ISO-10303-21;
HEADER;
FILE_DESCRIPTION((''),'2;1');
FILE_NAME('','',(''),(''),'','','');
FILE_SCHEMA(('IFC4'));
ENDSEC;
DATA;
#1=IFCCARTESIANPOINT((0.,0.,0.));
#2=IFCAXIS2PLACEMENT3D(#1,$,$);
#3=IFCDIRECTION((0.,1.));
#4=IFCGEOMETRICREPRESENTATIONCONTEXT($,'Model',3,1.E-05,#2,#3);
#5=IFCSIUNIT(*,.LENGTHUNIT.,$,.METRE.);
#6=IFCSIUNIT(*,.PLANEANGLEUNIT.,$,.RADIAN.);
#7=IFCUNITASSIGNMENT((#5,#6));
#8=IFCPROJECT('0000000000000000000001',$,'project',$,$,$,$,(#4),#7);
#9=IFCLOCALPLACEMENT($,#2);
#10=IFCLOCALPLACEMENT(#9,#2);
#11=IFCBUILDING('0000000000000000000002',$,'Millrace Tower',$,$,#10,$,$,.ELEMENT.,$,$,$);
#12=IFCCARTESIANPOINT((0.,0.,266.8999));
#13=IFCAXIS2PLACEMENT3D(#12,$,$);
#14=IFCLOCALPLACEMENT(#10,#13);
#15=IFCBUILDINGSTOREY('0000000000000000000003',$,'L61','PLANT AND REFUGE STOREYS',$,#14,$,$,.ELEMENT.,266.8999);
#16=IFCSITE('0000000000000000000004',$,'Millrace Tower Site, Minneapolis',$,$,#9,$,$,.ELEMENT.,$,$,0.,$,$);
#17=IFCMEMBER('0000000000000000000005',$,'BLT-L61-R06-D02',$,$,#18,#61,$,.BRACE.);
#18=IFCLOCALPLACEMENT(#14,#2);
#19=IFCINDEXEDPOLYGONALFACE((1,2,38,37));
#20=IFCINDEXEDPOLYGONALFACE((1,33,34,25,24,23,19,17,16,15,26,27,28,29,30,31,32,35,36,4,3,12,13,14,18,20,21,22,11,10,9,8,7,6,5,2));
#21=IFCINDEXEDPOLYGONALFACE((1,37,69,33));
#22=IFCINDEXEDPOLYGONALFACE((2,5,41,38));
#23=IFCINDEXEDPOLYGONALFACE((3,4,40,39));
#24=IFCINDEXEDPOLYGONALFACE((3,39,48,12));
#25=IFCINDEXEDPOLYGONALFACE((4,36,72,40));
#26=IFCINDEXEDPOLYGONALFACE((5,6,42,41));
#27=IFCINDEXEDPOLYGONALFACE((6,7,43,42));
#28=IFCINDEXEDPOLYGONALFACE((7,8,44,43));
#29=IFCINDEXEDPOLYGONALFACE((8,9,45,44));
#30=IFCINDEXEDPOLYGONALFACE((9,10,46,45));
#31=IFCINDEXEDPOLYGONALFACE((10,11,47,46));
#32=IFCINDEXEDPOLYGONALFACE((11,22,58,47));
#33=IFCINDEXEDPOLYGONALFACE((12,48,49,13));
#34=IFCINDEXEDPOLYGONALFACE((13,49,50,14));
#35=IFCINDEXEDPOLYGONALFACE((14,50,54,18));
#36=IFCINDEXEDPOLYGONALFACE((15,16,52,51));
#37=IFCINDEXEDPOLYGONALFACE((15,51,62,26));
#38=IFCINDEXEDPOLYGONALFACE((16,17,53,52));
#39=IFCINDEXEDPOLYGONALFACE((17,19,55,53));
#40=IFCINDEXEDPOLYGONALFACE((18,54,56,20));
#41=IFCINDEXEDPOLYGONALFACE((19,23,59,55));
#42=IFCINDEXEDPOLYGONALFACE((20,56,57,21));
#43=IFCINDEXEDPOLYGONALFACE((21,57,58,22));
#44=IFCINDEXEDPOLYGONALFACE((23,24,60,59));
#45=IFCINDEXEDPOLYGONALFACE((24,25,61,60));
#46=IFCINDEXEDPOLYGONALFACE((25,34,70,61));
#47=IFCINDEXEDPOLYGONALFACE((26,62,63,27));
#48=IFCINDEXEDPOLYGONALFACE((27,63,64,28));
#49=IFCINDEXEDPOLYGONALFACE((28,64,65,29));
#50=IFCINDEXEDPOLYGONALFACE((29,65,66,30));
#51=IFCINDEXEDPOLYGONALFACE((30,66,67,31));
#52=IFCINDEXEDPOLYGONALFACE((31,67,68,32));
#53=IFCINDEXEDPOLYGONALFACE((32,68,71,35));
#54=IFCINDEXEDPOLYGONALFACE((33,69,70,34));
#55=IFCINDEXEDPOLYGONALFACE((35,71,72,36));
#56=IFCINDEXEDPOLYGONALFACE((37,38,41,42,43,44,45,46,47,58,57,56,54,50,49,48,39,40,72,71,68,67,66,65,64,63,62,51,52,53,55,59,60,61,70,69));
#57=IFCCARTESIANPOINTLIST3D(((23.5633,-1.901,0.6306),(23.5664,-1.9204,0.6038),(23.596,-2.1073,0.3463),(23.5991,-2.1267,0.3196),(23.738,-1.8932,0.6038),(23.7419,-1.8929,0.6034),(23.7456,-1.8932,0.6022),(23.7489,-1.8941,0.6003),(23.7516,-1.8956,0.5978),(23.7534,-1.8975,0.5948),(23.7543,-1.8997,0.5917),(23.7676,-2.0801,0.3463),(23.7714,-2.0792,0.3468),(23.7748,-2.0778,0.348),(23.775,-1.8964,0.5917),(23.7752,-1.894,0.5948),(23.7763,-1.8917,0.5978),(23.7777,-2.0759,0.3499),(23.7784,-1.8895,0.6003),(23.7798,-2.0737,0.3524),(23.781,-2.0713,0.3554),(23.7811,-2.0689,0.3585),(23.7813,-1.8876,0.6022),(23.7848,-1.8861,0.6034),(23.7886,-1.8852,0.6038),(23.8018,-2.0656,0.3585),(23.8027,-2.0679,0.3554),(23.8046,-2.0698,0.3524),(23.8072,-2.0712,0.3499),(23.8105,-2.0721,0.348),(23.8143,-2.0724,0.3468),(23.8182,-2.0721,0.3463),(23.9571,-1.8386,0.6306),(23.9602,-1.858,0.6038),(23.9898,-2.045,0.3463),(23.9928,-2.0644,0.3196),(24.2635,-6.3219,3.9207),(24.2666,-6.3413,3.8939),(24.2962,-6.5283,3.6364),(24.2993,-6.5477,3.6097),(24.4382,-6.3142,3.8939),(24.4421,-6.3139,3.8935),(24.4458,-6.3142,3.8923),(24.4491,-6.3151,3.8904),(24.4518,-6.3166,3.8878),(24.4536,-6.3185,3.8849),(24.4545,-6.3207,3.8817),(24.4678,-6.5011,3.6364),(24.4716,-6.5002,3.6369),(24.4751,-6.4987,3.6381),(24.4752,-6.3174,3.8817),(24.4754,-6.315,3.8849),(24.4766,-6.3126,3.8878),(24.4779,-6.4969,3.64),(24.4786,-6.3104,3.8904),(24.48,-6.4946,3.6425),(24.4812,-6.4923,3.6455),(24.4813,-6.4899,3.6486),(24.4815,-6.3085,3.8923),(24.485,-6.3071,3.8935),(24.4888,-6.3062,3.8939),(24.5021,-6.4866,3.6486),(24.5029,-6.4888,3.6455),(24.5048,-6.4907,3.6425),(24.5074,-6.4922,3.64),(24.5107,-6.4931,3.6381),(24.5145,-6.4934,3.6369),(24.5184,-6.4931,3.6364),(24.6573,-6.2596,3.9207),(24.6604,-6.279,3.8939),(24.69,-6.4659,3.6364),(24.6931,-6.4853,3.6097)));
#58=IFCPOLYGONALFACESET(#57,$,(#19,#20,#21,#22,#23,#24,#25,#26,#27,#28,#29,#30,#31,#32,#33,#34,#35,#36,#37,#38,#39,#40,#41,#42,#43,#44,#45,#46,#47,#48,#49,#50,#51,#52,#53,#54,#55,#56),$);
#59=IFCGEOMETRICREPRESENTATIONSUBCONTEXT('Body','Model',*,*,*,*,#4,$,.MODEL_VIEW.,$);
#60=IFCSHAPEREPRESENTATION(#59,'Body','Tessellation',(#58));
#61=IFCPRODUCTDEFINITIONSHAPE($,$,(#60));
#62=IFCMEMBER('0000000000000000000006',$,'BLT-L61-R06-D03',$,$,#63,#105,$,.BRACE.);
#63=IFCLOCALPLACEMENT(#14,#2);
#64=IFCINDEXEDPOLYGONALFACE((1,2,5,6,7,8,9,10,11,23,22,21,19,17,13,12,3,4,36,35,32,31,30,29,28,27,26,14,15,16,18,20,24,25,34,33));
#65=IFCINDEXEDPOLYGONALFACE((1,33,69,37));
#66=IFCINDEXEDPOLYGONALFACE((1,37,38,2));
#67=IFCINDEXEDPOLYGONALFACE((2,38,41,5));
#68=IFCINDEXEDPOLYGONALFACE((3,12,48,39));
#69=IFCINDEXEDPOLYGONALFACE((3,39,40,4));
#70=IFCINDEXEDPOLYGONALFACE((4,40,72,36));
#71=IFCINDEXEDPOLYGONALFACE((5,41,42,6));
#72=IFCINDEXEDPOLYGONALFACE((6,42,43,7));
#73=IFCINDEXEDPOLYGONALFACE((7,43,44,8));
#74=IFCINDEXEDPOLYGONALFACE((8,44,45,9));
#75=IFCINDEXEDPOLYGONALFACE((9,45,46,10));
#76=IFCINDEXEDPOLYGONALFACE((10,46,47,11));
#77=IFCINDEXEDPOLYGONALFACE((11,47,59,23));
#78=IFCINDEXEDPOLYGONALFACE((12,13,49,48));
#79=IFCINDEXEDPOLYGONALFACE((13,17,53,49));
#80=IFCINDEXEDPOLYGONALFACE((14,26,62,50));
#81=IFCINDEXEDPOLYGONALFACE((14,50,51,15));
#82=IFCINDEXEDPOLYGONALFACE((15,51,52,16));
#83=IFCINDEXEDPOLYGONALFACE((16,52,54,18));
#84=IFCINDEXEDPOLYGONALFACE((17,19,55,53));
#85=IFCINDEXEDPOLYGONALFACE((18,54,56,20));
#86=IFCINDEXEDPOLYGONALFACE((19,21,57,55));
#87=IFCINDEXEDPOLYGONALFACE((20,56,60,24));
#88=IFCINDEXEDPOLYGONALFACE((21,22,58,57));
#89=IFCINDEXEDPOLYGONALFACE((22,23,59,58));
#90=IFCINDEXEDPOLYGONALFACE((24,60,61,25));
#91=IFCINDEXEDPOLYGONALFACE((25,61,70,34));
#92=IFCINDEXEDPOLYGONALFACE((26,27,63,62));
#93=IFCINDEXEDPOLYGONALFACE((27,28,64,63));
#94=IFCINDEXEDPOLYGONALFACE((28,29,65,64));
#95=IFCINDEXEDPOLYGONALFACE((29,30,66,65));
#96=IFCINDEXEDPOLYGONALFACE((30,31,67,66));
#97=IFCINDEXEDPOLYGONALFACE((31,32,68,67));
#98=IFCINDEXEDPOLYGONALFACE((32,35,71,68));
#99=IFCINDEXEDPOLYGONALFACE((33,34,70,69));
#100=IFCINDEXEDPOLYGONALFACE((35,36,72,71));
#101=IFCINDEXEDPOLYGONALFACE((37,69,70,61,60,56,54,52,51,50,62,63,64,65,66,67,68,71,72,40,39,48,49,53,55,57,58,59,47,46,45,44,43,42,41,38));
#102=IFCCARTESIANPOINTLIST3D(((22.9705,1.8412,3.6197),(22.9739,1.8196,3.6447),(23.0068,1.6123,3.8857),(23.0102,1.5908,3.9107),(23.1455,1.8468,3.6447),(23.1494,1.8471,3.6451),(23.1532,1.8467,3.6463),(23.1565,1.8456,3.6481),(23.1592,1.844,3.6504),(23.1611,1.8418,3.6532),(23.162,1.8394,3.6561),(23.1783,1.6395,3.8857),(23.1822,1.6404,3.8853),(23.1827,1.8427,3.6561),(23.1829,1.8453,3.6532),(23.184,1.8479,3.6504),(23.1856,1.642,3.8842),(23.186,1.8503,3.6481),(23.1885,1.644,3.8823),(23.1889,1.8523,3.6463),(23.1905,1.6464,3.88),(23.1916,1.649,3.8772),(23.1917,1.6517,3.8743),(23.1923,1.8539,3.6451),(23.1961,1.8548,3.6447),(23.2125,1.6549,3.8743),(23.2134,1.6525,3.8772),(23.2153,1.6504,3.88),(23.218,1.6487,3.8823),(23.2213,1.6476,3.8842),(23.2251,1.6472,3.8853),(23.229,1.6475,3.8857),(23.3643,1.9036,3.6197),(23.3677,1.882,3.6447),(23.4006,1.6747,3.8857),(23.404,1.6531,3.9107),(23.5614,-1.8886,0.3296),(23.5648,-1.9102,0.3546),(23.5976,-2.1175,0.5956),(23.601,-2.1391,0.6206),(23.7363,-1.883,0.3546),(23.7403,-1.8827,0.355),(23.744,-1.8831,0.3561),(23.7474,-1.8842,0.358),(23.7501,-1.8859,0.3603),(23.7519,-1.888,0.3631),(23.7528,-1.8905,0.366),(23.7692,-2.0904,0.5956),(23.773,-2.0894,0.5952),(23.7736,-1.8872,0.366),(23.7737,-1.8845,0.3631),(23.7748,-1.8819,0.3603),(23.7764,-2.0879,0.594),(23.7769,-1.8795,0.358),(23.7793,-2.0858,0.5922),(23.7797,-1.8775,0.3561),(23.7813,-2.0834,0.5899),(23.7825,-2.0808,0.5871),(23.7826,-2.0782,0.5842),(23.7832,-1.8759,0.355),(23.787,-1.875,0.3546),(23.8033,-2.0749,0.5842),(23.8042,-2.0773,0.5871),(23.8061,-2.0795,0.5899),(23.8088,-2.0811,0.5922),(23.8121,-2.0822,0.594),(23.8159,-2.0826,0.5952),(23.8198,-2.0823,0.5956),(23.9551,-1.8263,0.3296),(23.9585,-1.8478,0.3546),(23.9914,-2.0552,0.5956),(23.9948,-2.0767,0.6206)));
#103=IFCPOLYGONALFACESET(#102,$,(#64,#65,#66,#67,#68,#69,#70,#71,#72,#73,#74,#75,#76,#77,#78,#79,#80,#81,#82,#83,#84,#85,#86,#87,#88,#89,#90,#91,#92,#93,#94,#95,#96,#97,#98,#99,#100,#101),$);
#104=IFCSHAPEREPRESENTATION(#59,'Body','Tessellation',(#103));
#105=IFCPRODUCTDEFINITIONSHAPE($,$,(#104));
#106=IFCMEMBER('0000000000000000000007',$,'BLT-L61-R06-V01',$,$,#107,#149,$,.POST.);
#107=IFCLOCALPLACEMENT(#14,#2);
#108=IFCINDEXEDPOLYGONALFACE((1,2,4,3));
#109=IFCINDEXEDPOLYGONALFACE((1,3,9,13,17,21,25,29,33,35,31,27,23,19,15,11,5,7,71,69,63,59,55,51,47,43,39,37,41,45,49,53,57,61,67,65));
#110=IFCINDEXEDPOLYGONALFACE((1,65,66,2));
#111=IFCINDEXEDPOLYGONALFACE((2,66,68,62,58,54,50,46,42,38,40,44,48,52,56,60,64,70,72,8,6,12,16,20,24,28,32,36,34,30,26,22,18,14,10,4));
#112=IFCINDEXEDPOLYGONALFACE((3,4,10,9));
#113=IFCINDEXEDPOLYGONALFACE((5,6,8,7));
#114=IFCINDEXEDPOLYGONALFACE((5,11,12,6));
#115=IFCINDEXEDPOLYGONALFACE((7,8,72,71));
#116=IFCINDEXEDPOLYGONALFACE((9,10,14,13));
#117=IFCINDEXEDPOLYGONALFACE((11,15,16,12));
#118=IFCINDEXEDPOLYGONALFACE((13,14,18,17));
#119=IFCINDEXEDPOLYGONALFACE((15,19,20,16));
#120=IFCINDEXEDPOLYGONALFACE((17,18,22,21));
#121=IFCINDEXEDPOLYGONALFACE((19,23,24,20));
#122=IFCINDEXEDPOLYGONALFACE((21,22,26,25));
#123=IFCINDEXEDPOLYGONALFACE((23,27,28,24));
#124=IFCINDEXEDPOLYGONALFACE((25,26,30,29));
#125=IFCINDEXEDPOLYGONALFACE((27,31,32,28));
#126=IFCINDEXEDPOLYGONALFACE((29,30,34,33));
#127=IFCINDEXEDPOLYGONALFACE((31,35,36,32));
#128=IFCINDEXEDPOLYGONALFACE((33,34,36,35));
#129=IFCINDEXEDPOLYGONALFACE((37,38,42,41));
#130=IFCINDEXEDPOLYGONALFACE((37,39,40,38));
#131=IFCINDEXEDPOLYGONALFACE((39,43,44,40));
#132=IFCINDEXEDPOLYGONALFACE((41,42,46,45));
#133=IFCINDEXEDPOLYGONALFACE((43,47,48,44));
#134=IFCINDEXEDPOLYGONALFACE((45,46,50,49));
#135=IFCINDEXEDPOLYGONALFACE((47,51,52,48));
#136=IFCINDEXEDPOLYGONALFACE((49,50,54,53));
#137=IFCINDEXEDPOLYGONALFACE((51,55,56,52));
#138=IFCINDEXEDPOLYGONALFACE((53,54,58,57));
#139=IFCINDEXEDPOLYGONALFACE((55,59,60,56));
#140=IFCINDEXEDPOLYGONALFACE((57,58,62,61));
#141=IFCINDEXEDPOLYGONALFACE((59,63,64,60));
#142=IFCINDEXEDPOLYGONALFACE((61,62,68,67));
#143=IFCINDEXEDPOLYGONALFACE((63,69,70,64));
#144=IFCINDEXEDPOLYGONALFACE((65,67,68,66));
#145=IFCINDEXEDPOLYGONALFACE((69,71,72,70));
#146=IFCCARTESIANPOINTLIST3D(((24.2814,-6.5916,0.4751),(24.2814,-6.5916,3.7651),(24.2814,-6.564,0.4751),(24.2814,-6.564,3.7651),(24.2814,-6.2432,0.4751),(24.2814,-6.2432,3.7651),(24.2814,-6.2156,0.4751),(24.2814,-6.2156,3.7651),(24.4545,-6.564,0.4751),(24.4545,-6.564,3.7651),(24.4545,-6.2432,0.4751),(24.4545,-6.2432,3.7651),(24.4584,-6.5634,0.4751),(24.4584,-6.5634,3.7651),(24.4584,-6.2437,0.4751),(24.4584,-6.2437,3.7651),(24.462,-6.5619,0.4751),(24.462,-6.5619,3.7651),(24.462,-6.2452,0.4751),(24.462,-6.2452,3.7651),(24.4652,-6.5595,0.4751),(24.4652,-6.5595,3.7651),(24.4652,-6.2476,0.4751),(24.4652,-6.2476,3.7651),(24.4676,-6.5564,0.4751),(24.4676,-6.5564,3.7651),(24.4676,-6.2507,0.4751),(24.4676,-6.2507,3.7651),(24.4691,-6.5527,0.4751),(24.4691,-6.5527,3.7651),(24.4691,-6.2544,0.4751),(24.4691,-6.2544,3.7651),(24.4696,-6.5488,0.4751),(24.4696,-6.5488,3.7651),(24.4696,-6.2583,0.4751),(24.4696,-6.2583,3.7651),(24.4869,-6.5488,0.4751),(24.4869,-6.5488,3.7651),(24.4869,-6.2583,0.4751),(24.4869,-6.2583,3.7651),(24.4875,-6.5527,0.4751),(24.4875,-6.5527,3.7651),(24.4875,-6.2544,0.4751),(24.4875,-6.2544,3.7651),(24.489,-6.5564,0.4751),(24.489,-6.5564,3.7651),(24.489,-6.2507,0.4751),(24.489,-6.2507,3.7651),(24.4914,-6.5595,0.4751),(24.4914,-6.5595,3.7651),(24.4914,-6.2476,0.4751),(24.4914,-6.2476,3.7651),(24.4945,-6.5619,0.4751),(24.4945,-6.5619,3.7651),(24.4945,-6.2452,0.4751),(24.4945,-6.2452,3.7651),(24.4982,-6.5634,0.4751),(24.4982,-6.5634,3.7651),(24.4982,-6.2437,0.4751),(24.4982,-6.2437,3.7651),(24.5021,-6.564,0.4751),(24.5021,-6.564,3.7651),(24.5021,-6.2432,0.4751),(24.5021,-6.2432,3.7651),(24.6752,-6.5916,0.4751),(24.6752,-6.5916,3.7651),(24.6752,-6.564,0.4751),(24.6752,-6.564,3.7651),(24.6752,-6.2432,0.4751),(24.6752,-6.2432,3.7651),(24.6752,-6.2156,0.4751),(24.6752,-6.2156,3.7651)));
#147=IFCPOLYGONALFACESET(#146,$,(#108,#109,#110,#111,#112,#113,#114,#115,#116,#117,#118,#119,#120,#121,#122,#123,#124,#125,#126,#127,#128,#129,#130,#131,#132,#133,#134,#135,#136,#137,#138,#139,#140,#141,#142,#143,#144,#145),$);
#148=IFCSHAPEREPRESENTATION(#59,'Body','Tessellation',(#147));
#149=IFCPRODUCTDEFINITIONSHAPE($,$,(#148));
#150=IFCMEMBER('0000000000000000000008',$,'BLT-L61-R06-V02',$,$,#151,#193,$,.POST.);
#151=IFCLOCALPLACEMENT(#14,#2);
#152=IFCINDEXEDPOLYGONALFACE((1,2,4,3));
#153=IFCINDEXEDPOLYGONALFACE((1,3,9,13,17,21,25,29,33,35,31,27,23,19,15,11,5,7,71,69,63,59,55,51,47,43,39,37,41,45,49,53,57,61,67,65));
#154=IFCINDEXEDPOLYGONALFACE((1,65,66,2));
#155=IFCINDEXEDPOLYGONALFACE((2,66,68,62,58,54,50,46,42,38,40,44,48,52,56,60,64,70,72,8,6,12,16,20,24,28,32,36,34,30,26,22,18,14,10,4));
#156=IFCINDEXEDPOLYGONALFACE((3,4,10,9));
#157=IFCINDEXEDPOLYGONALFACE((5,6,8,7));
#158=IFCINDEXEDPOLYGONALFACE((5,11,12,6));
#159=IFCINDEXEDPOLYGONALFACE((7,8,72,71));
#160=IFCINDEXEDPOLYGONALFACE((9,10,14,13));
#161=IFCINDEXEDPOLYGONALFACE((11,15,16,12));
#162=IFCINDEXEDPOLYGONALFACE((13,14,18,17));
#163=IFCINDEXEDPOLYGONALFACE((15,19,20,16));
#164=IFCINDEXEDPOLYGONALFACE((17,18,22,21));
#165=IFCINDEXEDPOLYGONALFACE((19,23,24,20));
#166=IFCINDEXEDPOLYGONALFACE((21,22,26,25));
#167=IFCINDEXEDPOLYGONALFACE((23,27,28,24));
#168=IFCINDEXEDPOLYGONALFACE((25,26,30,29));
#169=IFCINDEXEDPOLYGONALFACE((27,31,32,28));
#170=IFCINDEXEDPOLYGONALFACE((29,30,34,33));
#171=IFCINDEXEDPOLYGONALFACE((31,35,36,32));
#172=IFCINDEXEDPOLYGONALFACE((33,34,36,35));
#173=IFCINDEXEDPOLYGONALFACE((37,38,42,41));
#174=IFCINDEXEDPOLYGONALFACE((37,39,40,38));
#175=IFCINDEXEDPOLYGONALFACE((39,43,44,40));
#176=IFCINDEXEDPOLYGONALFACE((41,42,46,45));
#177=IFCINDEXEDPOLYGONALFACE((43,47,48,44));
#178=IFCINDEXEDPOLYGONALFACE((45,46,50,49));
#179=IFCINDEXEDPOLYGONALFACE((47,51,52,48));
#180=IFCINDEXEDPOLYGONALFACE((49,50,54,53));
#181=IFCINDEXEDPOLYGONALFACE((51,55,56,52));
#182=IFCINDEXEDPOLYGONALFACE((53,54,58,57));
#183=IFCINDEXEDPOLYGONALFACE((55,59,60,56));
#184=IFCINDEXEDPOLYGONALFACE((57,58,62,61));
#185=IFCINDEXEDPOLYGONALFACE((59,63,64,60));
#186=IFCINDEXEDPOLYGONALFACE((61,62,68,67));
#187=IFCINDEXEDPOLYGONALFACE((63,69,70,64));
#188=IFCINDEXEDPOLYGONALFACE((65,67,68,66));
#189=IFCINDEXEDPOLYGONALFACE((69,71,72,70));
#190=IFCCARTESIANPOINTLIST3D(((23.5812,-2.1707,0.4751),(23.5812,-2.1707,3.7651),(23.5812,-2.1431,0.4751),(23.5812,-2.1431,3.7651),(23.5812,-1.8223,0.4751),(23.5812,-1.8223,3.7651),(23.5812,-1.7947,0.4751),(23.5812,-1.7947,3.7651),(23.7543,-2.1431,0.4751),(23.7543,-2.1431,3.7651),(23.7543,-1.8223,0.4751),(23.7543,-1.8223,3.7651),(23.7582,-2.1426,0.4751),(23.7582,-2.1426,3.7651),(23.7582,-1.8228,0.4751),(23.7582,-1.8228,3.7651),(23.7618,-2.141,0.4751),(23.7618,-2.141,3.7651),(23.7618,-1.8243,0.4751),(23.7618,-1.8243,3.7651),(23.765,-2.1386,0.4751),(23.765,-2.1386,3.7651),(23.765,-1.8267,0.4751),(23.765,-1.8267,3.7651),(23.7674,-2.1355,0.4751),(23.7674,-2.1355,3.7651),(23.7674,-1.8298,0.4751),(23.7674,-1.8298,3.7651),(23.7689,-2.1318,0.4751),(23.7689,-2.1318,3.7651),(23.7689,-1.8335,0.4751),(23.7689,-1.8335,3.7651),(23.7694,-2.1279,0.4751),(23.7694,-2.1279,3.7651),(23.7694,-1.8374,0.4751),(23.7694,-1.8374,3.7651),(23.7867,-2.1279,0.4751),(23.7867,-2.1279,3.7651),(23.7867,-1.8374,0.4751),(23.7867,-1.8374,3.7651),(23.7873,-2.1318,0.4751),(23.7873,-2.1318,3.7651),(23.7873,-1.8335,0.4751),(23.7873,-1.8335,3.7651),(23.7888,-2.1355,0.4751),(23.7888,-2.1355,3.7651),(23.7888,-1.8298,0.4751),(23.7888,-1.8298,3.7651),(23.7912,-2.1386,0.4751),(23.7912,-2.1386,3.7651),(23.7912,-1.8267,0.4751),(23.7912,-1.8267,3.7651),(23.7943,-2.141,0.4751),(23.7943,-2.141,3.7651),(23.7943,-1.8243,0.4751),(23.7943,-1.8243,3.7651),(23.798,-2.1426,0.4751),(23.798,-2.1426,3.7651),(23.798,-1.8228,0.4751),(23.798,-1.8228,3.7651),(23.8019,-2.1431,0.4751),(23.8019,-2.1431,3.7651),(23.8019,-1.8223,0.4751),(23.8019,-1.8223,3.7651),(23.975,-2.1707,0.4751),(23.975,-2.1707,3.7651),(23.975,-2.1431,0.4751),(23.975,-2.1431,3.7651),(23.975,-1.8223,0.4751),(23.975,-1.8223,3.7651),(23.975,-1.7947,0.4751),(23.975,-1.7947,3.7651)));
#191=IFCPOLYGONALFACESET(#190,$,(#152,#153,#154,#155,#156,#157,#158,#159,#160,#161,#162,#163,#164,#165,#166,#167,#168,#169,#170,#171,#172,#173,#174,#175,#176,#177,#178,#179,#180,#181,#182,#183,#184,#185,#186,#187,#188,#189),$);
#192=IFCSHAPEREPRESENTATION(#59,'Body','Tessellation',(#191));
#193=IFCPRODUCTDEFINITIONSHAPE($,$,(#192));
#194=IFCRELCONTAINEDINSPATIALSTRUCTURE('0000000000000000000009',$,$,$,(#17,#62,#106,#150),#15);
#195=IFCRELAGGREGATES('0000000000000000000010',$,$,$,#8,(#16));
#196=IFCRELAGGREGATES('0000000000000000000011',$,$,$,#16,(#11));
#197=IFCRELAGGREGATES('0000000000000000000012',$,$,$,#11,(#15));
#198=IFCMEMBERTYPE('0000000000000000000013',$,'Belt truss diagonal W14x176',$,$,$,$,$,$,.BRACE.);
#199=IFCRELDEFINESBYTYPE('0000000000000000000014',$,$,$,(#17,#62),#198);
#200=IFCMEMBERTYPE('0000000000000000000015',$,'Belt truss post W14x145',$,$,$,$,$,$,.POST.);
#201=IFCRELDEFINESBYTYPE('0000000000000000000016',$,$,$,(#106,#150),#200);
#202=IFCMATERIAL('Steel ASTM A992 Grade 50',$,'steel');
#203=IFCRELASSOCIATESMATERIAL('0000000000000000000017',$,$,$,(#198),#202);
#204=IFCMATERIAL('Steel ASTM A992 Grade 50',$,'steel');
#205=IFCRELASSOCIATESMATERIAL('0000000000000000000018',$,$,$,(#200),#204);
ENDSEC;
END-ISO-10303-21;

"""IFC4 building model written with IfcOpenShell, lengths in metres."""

from ifc_helpers import new_model, si_unit, direction, frame, origin, origin_2d, place, context, subcontext, project, spatial, i_section, extrude, material, material_profile, profile_set, type_object, element, save


model = new_model("IFC4")

# Units and contexts
model_context = context("Model", 3, precision=1e-05, world=origin(), true_north=direction((0.0, 1.0)))
body_context = subcontext(model_context, "Body", "Model", "MODEL_VIEW")
ifc_project = project(units=[si_unit("LENGTHUNIT", "METRE"), si_unit("PLANEANGLEUNIT", "RADIAN")], contexts=[model_context])

# Site, building, storey
site_placement = place(None, origin())
site = spatial("IfcSite", under=ifc_project, at=site_placement, Name="Millrace Tower Site, Minneapolis", CompositionType="ELEMENT", RefElevation=0.0)
building_placement = place(site_placement, origin())
building = spatial("IfcBuilding", under=site, at=building_placement, Name="Millrace Tower", CompositionType="ELEMENT")
storey_placement = place(building_placement, frame((0.0, 0.0, 266.8999)))
storey = spatial("IfcBuildingStorey", under=building, at=storey_placement, Name="L61", Description="PLANT AND REFUGE STOREYS", CompositionType="ELEMENT", Elevation=266.8999)

# Members
ifc_material_1 = material(Name="Steel ASTM A992 Grade 50", Category="steel")
ifc_material_profile_1 = material_profile(ifc_material_1, i_section(OverallWidth=0.3987, OverallDepth=0.386, WebThickness=0.021, FlangeThickness=0.0332, FilletRadius=0.0151, at=origin_2d()))
ifc_profile_set_1 = profile_set([ifc_material_profile_1], Name="Steel ASTM A992 Grade 50")
member_type_1 = type_object("IfcMemberType", Name="Belt truss diagonal W14x176", PredefinedType="BRACE", material=ifc_profile_set_1)
member_1_placement = place(storey_placement, frame((23.7781, -1.9827, 0.4751), z_axis=(0.126046, -0.795829, 0.592257), x_axis=(0.987689, 0.156433, 0.0)))
element("IfcMember", 1, at=member_1_placement, inside=storey, type_object=member_type_1, Name="BLT-L61-R06-D02", PredefinedType="BRACE", context=body_context, shape_type="SweptSolid", body=[
    extrude(i_section(OverallWidth=0.3987, OverallDepth=0.386, WebThickness=0.021, FlangeThickness=0.0332, FilletRadius=0.0151, at=origin_2d()), origin(), (0.0, 0.0, 1.0), 5.5552),
])
member_2_placement = place(storey_placement, frame((23.7781, -1.9827, 0.4751), z_axis=(-0.117965, 0.744692, 0.6569), x_axis=(-0.987685, -0.156457, 0.0)))
element("IfcMember", 2, at=member_2_placement, inside=storey, type_object=member_type_1, Name="BLT-L61-R06-D03", PredefinedType="BRACE", context=body_context, shape_type="SweptSolid", body=[
    extrude(i_section(OverallWidth=0.3987, OverallDepth=0.386, WebThickness=0.021, FlangeThickness=0.0332, FilletRadius=0.0151, at=origin_2d()), origin(), (0.0, 0.0, 1.0), 5.0085),
])
ifc_material_2 = material(Name="Steel ASTM A992 Grade 50", Category="steel")
ifc_material_profile_2 = material_profile(ifc_material_2, i_section(OverallWidth=0.3938, OverallDepth=0.376, WebThickness=0.0173, FlangeThickness=0.0276, FilletRadius=0.0151, at=origin_2d()))
ifc_profile_set_2 = profile_set([ifc_material_profile_2], Name="Steel ASTM A992 Grade 50")
member_type_2 = type_object("IfcMemberType", Name="Belt truss post W14x145", PredefinedType="POST", material=ifc_profile_set_2)
for number, where, z_axis, x_axis, name in (
    (3, (24.4783, -6.4036, 0.4751), (0.0, 0.0, 1.0), (1.0, 0.0, 0.0), "BLT-L61-R06-V01"),
    (4, (23.7781, -1.9827, 0.4751), (0.0, 0.0, 1.0), (1.0, 0.0, 0.0), "BLT-L61-R06-V02"),
):
    element("IfcMember", number, at=place(storey_placement, frame(where, z_axis=z_axis, x_axis=x_axis)), inside=storey, type_object=member_type_2, Name=name, PredefinedType="POST", context=body_context, shape_type="SweptSolid", body=[
        extrude(i_section(OverallWidth=0.3938, OverallDepth=0.376, WebThickness=0.0173, FlangeThickness=0.0276, FilletRadius=0.0151, at=origin_2d()), origin(), (0.0, 0.0, 1.0), 3.29),
    ])

save(model, "model.ifc")
